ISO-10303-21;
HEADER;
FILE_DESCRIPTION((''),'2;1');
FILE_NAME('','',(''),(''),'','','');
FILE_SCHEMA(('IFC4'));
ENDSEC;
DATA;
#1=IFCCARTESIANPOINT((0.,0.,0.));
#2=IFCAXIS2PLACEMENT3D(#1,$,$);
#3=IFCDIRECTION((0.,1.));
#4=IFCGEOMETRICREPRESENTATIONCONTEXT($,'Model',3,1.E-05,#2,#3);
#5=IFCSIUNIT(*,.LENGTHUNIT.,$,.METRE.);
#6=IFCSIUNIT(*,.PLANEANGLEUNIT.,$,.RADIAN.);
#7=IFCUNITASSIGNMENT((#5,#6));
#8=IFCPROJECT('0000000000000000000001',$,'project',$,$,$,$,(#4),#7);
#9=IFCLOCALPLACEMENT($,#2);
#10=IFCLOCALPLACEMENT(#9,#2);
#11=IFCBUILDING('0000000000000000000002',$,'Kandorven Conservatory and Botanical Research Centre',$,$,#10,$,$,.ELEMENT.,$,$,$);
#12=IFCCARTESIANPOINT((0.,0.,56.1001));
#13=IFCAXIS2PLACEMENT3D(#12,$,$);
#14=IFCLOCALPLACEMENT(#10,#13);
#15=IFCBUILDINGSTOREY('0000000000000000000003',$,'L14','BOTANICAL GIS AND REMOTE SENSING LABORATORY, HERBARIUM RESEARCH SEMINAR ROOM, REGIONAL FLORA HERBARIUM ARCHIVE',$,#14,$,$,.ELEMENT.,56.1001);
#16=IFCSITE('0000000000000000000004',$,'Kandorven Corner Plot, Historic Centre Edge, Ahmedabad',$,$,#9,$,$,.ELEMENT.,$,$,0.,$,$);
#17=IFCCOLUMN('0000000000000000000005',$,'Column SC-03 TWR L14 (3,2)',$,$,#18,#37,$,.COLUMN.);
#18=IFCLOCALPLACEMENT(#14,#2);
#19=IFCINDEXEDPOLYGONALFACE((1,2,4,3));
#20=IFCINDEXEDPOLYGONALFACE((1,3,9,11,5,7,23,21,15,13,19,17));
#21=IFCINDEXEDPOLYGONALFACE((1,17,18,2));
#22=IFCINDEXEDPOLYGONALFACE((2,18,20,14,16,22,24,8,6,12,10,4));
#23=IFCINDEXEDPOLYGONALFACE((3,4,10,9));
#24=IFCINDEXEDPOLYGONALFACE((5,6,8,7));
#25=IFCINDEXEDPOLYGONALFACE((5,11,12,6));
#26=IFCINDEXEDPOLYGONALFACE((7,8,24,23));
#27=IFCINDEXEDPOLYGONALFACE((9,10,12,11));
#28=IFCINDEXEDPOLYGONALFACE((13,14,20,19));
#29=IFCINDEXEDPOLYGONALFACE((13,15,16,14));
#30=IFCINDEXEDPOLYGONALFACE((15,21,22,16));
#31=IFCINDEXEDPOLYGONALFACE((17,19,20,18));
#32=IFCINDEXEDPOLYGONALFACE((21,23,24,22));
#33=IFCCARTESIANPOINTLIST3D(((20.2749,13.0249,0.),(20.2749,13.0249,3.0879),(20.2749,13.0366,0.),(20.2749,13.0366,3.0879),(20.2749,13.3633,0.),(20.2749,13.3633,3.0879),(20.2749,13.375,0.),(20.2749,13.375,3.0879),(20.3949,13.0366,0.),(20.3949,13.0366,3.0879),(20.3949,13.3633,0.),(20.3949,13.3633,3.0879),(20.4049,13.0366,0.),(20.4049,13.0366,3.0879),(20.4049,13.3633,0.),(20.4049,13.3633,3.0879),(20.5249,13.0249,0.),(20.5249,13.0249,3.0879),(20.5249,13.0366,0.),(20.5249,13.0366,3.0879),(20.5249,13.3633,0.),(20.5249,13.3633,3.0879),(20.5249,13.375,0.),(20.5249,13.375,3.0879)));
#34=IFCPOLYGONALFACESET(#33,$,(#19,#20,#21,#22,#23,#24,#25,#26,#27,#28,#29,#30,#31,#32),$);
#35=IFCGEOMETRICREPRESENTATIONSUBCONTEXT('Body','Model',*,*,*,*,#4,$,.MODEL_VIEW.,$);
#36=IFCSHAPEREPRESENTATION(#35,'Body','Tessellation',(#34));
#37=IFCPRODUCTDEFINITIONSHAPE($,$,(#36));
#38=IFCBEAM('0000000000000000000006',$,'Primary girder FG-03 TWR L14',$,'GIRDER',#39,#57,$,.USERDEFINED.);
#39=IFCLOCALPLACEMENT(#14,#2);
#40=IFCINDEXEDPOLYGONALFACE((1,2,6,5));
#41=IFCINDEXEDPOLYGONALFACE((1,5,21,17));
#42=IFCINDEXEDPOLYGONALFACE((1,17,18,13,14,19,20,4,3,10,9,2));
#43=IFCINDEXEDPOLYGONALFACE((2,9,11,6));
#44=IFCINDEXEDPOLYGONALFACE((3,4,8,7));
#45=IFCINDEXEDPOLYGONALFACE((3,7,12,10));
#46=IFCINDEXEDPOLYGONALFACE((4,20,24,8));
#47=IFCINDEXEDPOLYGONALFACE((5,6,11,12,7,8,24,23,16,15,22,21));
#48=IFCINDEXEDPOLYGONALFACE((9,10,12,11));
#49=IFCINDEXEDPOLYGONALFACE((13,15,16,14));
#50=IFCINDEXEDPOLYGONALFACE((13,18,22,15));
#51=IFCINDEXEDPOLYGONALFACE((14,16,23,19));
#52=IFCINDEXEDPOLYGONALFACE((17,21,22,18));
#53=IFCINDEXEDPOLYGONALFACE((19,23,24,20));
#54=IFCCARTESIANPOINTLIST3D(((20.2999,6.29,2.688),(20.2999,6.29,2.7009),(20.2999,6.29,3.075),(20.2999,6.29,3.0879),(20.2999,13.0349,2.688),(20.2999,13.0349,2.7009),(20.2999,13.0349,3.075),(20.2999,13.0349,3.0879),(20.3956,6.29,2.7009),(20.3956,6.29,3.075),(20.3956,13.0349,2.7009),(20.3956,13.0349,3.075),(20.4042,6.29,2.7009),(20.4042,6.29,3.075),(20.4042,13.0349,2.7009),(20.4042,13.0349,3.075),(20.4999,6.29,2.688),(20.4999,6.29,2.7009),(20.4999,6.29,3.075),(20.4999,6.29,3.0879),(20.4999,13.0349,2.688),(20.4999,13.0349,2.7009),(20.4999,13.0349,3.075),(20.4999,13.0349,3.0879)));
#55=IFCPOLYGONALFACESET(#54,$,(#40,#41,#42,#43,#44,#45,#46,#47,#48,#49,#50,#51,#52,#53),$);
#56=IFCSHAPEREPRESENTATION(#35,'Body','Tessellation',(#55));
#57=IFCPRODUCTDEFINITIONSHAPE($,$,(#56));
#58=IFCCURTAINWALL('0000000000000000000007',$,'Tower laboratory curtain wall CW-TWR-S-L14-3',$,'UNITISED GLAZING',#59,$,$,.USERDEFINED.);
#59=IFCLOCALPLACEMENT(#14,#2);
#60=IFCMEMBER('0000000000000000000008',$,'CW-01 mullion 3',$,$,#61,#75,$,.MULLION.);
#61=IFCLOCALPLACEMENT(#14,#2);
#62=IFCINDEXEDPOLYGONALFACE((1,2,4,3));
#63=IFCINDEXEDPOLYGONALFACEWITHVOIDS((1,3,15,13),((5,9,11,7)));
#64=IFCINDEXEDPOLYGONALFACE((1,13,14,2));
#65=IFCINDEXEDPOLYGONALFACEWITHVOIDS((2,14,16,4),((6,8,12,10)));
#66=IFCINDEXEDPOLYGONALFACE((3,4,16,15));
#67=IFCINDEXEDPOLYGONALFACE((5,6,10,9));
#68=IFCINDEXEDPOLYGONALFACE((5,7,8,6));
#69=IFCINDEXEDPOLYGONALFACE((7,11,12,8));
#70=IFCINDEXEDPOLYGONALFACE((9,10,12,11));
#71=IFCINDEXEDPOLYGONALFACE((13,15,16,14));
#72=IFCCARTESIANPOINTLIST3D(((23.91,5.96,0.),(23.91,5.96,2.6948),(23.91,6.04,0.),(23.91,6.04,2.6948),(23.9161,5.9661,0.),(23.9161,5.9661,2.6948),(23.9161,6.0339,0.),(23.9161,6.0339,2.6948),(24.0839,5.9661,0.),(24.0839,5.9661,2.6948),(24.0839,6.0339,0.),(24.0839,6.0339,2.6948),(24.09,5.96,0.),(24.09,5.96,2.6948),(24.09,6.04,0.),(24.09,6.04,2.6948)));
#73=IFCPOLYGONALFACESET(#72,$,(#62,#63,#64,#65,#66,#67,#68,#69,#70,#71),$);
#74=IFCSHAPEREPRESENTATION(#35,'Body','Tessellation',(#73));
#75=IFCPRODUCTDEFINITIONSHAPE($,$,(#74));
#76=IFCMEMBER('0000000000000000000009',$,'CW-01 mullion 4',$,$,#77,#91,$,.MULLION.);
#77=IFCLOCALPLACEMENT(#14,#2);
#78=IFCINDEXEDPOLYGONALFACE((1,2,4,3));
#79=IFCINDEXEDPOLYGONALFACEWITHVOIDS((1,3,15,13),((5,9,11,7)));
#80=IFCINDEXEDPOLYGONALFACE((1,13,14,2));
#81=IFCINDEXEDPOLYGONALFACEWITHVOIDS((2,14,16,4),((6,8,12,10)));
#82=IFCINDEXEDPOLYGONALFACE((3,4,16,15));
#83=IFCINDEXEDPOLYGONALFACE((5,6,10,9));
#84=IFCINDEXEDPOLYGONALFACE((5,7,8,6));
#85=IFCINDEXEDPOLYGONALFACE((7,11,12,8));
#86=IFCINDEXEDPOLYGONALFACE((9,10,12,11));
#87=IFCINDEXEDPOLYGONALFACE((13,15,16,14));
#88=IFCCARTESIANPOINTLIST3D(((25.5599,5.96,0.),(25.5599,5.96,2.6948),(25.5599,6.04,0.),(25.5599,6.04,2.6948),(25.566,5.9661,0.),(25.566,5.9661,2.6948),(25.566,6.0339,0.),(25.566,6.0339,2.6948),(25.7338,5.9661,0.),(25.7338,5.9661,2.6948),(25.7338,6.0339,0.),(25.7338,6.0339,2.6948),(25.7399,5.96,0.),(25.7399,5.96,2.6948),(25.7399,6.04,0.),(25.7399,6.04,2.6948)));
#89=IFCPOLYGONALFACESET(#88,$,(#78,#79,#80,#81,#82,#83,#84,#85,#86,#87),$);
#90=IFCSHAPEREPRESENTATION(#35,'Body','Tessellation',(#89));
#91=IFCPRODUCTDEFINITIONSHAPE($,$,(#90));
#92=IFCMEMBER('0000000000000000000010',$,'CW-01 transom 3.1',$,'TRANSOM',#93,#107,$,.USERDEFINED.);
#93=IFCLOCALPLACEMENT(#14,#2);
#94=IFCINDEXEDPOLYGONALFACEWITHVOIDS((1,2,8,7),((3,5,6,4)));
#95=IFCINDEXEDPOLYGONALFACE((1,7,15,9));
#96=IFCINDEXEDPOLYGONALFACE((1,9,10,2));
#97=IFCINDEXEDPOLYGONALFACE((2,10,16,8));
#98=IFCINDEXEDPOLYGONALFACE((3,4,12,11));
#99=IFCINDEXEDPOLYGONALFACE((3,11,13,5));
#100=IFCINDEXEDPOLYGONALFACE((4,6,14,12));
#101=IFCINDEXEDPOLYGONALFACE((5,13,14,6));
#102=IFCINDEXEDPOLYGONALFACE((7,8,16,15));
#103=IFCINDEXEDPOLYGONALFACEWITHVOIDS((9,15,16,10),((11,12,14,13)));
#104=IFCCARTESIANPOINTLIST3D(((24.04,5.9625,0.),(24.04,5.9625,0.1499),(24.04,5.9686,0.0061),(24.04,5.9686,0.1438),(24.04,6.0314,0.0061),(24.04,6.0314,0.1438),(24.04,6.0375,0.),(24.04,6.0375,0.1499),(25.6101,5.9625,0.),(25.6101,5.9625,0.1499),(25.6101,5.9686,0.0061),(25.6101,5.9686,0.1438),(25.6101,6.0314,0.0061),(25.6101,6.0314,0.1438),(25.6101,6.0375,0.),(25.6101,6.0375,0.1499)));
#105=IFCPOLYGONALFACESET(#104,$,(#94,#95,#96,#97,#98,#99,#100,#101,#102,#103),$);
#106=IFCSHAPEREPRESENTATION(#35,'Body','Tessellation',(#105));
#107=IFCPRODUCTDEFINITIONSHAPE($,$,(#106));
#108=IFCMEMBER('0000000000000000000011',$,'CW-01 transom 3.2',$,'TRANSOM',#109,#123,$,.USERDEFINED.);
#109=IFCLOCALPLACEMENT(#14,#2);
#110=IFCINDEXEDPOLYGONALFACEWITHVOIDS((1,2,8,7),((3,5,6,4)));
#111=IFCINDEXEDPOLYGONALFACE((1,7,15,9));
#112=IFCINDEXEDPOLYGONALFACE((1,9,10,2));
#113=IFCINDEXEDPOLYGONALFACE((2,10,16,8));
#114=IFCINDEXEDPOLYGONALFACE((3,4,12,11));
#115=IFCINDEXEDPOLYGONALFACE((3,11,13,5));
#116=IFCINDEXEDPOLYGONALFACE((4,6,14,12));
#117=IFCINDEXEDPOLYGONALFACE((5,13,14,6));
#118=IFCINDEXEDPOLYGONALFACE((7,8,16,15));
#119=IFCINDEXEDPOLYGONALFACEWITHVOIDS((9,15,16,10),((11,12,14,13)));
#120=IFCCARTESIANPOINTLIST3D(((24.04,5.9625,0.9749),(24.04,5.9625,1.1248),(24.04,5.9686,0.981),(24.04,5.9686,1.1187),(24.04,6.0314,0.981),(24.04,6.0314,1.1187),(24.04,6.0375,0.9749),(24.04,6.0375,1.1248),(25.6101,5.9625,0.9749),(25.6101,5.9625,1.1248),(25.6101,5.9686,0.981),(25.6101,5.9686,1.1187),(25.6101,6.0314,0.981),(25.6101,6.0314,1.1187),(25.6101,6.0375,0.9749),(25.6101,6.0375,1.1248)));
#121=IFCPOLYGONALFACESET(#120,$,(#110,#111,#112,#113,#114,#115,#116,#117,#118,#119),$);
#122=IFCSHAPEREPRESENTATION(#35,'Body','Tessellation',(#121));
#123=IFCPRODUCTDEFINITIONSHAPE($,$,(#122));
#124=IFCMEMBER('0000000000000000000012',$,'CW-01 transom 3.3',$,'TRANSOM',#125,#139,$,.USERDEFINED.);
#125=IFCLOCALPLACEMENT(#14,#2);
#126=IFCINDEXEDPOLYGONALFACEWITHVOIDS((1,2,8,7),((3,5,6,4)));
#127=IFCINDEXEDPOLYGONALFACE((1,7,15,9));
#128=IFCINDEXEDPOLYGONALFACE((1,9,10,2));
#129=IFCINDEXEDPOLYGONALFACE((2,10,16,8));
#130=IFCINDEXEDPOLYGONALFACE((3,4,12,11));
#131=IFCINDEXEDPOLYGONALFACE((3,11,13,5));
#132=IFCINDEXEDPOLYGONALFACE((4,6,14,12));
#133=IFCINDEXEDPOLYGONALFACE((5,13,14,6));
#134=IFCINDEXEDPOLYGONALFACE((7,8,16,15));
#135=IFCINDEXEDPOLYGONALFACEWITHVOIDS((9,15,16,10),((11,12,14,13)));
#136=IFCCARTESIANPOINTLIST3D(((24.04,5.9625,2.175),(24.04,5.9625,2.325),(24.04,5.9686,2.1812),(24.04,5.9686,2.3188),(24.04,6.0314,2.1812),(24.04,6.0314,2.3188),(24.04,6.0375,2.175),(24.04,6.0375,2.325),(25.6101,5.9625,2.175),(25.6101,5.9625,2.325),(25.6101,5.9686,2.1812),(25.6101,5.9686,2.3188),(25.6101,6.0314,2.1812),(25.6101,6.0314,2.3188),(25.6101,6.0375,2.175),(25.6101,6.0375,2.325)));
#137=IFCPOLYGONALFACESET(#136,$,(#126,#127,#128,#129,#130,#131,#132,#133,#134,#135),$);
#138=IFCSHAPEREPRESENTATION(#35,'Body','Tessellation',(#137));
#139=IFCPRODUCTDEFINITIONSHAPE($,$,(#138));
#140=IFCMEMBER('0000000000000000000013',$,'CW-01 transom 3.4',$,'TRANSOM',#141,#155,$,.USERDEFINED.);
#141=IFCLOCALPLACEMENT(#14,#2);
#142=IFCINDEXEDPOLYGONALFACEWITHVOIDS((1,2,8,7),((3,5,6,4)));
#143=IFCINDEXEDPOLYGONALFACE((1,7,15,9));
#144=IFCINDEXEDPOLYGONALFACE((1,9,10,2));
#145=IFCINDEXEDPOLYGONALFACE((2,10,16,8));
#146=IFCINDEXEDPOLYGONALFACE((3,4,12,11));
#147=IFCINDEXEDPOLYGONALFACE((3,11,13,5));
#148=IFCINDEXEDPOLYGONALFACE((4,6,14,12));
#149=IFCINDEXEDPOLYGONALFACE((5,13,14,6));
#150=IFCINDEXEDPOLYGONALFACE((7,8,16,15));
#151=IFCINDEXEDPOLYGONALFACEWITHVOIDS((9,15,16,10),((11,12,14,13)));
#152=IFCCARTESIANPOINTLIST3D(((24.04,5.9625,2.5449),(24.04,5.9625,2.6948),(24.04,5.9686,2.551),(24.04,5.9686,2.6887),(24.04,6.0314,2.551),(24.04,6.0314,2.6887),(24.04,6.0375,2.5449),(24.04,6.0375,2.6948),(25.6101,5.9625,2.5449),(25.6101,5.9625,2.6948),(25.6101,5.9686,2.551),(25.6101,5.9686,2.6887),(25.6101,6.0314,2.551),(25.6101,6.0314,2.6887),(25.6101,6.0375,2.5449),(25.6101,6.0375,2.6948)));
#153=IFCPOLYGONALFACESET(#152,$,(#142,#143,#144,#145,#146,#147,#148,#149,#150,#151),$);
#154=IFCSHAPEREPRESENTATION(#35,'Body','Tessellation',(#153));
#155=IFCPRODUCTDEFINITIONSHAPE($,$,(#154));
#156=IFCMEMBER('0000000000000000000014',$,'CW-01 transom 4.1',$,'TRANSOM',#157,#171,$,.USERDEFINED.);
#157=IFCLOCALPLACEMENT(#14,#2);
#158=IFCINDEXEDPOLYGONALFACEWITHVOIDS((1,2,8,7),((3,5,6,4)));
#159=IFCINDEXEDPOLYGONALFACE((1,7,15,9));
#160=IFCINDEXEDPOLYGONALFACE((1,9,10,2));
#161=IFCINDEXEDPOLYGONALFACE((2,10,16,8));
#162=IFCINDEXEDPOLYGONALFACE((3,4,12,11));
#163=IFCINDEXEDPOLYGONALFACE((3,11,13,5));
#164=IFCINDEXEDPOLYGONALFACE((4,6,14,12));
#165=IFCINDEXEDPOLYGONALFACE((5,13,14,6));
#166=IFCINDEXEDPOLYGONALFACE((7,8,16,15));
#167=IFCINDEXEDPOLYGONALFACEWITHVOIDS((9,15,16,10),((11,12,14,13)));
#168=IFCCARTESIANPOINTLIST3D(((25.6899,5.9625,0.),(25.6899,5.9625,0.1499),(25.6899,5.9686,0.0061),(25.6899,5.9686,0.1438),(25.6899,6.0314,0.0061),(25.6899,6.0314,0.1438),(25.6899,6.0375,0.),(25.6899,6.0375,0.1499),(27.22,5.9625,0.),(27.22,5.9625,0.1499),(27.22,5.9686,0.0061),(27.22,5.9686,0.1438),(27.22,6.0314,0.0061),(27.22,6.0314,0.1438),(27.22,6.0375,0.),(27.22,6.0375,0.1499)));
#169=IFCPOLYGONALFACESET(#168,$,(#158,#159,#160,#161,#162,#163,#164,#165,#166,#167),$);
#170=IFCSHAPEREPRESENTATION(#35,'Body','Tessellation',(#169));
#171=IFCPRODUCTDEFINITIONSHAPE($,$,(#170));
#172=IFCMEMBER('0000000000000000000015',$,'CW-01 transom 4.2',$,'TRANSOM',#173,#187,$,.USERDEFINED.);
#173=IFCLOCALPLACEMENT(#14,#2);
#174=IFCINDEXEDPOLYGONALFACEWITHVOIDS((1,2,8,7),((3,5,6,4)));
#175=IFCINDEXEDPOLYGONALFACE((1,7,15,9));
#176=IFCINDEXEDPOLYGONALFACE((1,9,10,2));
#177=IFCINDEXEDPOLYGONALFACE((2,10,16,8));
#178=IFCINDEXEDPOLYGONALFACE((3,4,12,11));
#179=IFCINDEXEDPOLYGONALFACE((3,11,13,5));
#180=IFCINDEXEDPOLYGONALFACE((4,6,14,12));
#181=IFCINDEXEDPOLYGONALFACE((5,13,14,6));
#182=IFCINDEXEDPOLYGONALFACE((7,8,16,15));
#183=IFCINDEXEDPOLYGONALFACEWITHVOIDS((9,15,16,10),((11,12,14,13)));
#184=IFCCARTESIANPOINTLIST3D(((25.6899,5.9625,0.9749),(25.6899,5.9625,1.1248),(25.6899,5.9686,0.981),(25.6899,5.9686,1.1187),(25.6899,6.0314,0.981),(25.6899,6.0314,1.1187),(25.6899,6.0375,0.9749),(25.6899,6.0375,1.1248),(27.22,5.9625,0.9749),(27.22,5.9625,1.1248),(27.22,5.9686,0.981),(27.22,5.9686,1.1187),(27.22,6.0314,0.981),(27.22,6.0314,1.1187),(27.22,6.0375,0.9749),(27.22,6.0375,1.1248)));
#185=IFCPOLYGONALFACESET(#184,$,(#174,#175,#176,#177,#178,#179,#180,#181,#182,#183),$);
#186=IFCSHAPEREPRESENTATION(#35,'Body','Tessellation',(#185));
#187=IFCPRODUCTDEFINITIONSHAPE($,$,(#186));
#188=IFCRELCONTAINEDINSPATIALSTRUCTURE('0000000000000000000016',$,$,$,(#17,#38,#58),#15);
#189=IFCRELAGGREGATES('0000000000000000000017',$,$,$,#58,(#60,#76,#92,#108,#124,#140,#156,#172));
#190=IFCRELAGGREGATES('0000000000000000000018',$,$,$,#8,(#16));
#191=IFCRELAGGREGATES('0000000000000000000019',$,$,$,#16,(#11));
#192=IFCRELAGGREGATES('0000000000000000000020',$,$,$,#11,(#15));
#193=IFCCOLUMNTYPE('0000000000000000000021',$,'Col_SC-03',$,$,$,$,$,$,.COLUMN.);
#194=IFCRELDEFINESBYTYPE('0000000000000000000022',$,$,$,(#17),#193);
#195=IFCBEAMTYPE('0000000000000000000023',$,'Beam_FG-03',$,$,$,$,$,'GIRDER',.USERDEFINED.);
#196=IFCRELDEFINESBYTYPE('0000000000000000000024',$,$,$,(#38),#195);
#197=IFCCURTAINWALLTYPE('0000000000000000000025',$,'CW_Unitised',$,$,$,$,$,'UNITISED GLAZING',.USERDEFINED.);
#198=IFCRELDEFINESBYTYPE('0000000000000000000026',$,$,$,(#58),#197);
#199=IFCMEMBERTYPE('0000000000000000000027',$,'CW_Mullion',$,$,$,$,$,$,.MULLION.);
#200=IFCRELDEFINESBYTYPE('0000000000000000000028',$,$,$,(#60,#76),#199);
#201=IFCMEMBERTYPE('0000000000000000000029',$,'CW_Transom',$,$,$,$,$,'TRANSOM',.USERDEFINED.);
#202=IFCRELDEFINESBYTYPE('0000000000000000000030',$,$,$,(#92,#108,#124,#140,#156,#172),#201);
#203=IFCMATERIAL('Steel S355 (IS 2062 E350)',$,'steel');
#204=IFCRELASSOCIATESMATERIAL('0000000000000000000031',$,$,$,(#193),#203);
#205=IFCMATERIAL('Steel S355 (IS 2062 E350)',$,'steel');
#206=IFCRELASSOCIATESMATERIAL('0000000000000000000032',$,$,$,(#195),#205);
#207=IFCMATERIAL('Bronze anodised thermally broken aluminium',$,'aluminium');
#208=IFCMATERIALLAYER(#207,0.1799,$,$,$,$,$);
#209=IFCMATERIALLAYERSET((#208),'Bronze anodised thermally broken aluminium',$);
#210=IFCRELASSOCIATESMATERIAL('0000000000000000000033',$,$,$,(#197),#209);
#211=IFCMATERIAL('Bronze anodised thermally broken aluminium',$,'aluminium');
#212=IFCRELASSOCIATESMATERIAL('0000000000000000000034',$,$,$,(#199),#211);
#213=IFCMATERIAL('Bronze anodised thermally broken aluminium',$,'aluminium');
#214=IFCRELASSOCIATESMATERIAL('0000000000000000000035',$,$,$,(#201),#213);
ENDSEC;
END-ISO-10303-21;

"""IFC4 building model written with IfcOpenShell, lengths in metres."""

from ifc_helpers import new_model, si_unit, direction, frame, origin, origin_2d, place, context, subcontext, project, spatial, hollow_rectangle, i_section, extrude, material, layer, layer_set, material_profile, profile_set, type_object, element, aggregate, save


model = new_model("IFC4")

# Units and contexts
model_context = context("Model", 3, precision=1e-05, world=origin(), true_north=direction((0.0, 1.0)))
body_context = subcontext(model_context, "Body", "Model", "MODEL_VIEW")
ifc_project = project(units=[si_unit("LENGTHUNIT", "METRE"), si_unit("PLANEANGLEUNIT", "RADIAN")], contexts=[model_context])

# Site, building, storey
site_placement = place(None, origin())
site = spatial("IfcSite", under=ifc_project, at=site_placement, Name="Kandorven Corner Plot, Historic Centre Edge, Ahmedabad", CompositionType="ELEMENT", RefElevation=0.0)
building_placement = place(site_placement, origin())
building = spatial("IfcBuilding", under=site, at=building_placement, Name="Kandorven Conservatory and Botanical Research Centre", CompositionType="ELEMENT")
storey_placement = place(building_placement, frame((0.0, 0.0, 56.1001)))
storey = spatial("IfcBuildingStorey", under=building, at=storey_placement, Name="L14", Description="BOTANICAL GIS AND REMOTE SENSING LABORATORY, HERBARIUM RESEARCH SEMINAR ROOM, REGIONAL FLORA HERBARIUM ARCHIVE", CompositionType="ELEMENT", Elevation=56.1001)

# Column
ifc_material_1 = material(Name="Steel S355 (IS 2062 E350)", Category="steel")
ifc_material_profile_1 = material_profile(ifc_material_1, i_section(OverallWidth=0.25, OverallDepth=0.3501, WebThickness=0.01, FlangeThickness=0.0117, at=origin_2d()))
ifc_profile_set_1 = profile_set([ifc_material_profile_1], Name="Steel S355 (IS 2062 E350)")
column_type = type_object("IfcColumnType", Name="Col_SC-03", PredefinedType="COLUMN", material=ifc_profile_set_1)
column_placement = place(storey_placement, frame((20.3999, 13.2, 0.0), z_axis=(0.0, 0.0, 1.0), x_axis=(1.0, 0.0, 0.0)))
element("IfcColumn", 1, at=column_placement, inside=storey, type_object=column_type, Name="Column SC-03 TWR L14 (3,2)", PredefinedType="COLUMN", context=body_context, shape_type="SweptSolid", body=[
    extrude(i_section(OverallWidth=0.25, OverallDepth=0.3501, WebThickness=0.01, FlangeThickness=0.0117, at=origin_2d()), origin(), (0.0, 0.0, 1.0), 3.0879),
])

# Beam
ifc_material_2 = material(Name="Steel S355 (IS 2062 E350)", Category="steel")
ifc_material_profile_2 = material_profile(ifc_material_2, i_section(OverallWidth=0.2, OverallDepth=0.3999, WebThickness=0.0085, FlangeThickness=0.0129, at=origin_2d()))
ifc_profile_set_2 = profile_set([ifc_material_profile_2], Name="Steel S355 (IS 2062 E350)")
beam_type = type_object("IfcBeamType", Name="Beam_FG-03", ElementType="GIRDER", PredefinedType="USERDEFINED", material=ifc_profile_set_2)
beam_placement = place(storey_placement, frame((20.3999, 6.29, 2.8879), z_axis=(0.0, 1.0, 0.0), x_axis=(-1.0, 0.0, 0.0)))
element("IfcBeam", 2, at=beam_placement, inside=storey, type_object=beam_type, Name="Primary girder FG-03 TWR L14", ObjectType="GIRDER", PredefinedType="USERDEFINED", context=body_context, shape_type="SweptSolid", body=[
    extrude(i_section(OverallWidth=0.2, OverallDepth=0.3999, WebThickness=0.0085, FlangeThickness=0.0129, at=origin_2d()), origin(), (0.0, 0.0, 1.0), 6.7449),
])

# Curtain wall, members
ifc_material_3 = material(Name="Bronze anodised thermally broken aluminium", Category="aluminium")
ifc_layer_1 = layer(ifc_material_3, 0.1799)
ifc_layer_set_1 = layer_set([ifc_layer_1], Name="Bronze anodised thermally broken aluminium")
curtain_wall_type = type_object("IfcCurtainWallType", Name="CW_Unitised", ElementType="UNITISED GLAZING", PredefinedType="USERDEFINED", material=ifc_layer_set_1)
curtain_wall_placement = place(storey_placement, origin())
curtain_wall = element("IfcCurtainWall", 3, at=curtain_wall_placement, inside=storey, type_object=curtain_wall_type, Name="Tower laboratory curtain wall CW-TWR-S-L14-3", ObjectType="UNITISED GLAZING", PredefinedType="USERDEFINED")
ifc_material_4 = material(Name="Bronze anodised thermally broken aluminium", Category="aluminium")
ifc_material_profile_3 = material_profile(ifc_material_4, hollow_rectangle(XDim=0.0801, YDim=0.1799, WallThickness=0.0061, at=origin_2d()))
ifc_profile_set_3 = profile_set([ifc_material_profile_3], Name="Bronze anodised thermally broken aluminium")
member_type_1 = type_object("IfcMemberType", Name="CW_Mullion", PredefinedType="MULLION", material=ifc_profile_set_3)
member_1_placement = place(storey_placement, frame((24.0, 6.0, 0.0), z_axis=(0.0, 0.0, 1.0), x_axis=(0.0, 1.0, 0.0)))
member_1 = element("IfcMember", 4, at=member_1_placement, type_object=member_type_1, Name="CW-01 mullion 3", PredefinedType="MULLION", context=body_context, shape_type="SweptSolid", body=[
    extrude(hollow_rectangle(XDim=0.0801, YDim=0.1799, WallThickness=0.0061, at=origin_2d()), origin(), (0.0, 0.0, 1.0), 2.6948),
])
member_2_placement = place(storey_placement, frame((25.6499, 6.0, 0.0), z_axis=(0.0, 0.0, 1.0), x_axis=(0.0, 1.0, 0.0)))
member_2 = element("IfcMember", 5, at=member_2_placement, type_object=member_type_1, Name="CW-01 mullion 4", PredefinedType="MULLION", context=body_context, shape_type="SweptSolid", body=[
    extrude(hollow_rectangle(XDim=0.0801, YDim=0.1799, WallThickness=0.0061, at=origin_2d()), origin(), (0.0, 0.0, 1.0), 2.6948),
])
ifc_material_5 = material(Name="Bronze anodised thermally broken aluminium", Category="aluminium")
ifc_material_profile_4 = material_profile(ifc_material_5, hollow_rectangle(XDim=0.075, YDim=0.1499, WallThickness=0.0061, at=origin_2d()))
ifc_profile_set_4 = profile_set([ifc_material_profile_4], Name="Bronze anodised thermally broken aluminium")
member_type_2 = type_object("IfcMemberType", Name="CW_Transom", ElementType="TRANSOM", PredefinedType="USERDEFINED", material=ifc_profile_set_4)
member_3_placement = place(storey_placement, frame((24.04, 6.0, 0.075), z_axis=(1.0, 0.0, 0.0), x_axis=(0.0, 1.0, 0.0)))
member_3 = element("IfcMember", 6, at=member_3_placement, type_object=member_type_2, Name="CW-01 transom 3.1", ObjectType="TRANSOM", PredefinedType="USERDEFINED", context=body_context, shape_type="SweptSolid", body=[
    extrude(hollow_rectangle(XDim=0.075, YDim=0.1499, WallThickness=0.0061, at=origin_2d()), origin(), (0.0, 0.0, 1.0), 1.5701),
])
member_4_placement = place(storey_placement, frame((24.04, 6.0, 1.0498), z_axis=(1.0, 0.0, 0.0), x_axis=(0.0, 1.0, 0.0)))
member_4 = element("IfcMember", 7, at=member_4_placement, type_object=member_type_2, Name="CW-01 transom 3.2", ObjectType="TRANSOM", PredefinedType="USERDEFINED", context=body_context, shape_type="SweptSolid", body=[
    extrude(hollow_rectangle(XDim=0.075, YDim=0.1499, WallThickness=0.0061, at=origin_2d()), origin(), (0.0, 0.0, 1.0), 1.5701),
])
member_5_placement = place(storey_placement, frame((24.04, 6.0, 2.25), z_axis=(1.0, 0.0, 0.0), x_axis=(0.0, 1.0, 0.0)))
member_5 = element("IfcMember", 8, at=member_5_placement, type_object=member_type_2, Name="CW-01 transom 3.3", ObjectType="TRANSOM", PredefinedType="USERDEFINED", context=body_context, shape_type="SweptSolid", body=[
    extrude(hollow_rectangle(XDim=0.075, YDim=0.1499, WallThickness=0.0061, at=origin_2d()), origin(), (0.0, 0.0, 1.0), 1.5701),
])
member_6_placement = place(storey_placement, frame((24.04, 6.0, 2.6199), z_axis=(1.0, 0.0, 0.0), x_axis=(0.0, 1.0, 0.0)))
member_6 = element("IfcMember", 9, at=member_6_placement, type_object=member_type_2, Name="CW-01 transom 3.4", ObjectType="TRANSOM", PredefinedType="USERDEFINED", context=body_context, shape_type="SweptSolid", body=[
    extrude(hollow_rectangle(XDim=0.075, YDim=0.1499, WallThickness=0.0061, at=origin_2d()), origin(), (0.0, 0.0, 1.0), 1.5701),
])
member_7_placement = place(storey_placement, frame((25.6899, 6.0, 0.075), z_axis=(1.0, 0.0, 0.0), x_axis=(0.0, 1.0, 0.0)))
member_7 = element("IfcMember", 10, at=member_7_placement, type_object=member_type_2, Name="CW-01 transom 4.1", ObjectType="TRANSOM", PredefinedType="USERDEFINED", context=body_context, shape_type="SweptSolid", body=[
    extrude(hollow_rectangle(XDim=0.075, YDim=0.1499, WallThickness=0.0061, at=origin_2d()), origin(), (0.0, 0.0, 1.0), 1.53),
])
member_8_placement = place(storey_placement, frame((25.6899, 6.0, 1.0498), z_axis=(1.0, 0.0, 0.0), x_axis=(0.0, 1.0, 0.0)))
member_8 = element("IfcMember", 11, at=member_8_placement, type_object=member_type_2, Name="CW-01 transom 4.2", ObjectType="TRANSOM", PredefinedType="USERDEFINED", context=body_context, shape_type="SweptSolid", body=[
    extrude(hollow_rectangle(XDim=0.075, YDim=0.1499, WallThickness=0.0061, at=origin_2d()), origin(), (0.0, 0.0, 1.0), 1.53),
])
aggregate(curtain_wall, [member_1, member_2, member_3, member_4, member_5, member_6, member_7, member_8])

save(model, "model.ifc")
